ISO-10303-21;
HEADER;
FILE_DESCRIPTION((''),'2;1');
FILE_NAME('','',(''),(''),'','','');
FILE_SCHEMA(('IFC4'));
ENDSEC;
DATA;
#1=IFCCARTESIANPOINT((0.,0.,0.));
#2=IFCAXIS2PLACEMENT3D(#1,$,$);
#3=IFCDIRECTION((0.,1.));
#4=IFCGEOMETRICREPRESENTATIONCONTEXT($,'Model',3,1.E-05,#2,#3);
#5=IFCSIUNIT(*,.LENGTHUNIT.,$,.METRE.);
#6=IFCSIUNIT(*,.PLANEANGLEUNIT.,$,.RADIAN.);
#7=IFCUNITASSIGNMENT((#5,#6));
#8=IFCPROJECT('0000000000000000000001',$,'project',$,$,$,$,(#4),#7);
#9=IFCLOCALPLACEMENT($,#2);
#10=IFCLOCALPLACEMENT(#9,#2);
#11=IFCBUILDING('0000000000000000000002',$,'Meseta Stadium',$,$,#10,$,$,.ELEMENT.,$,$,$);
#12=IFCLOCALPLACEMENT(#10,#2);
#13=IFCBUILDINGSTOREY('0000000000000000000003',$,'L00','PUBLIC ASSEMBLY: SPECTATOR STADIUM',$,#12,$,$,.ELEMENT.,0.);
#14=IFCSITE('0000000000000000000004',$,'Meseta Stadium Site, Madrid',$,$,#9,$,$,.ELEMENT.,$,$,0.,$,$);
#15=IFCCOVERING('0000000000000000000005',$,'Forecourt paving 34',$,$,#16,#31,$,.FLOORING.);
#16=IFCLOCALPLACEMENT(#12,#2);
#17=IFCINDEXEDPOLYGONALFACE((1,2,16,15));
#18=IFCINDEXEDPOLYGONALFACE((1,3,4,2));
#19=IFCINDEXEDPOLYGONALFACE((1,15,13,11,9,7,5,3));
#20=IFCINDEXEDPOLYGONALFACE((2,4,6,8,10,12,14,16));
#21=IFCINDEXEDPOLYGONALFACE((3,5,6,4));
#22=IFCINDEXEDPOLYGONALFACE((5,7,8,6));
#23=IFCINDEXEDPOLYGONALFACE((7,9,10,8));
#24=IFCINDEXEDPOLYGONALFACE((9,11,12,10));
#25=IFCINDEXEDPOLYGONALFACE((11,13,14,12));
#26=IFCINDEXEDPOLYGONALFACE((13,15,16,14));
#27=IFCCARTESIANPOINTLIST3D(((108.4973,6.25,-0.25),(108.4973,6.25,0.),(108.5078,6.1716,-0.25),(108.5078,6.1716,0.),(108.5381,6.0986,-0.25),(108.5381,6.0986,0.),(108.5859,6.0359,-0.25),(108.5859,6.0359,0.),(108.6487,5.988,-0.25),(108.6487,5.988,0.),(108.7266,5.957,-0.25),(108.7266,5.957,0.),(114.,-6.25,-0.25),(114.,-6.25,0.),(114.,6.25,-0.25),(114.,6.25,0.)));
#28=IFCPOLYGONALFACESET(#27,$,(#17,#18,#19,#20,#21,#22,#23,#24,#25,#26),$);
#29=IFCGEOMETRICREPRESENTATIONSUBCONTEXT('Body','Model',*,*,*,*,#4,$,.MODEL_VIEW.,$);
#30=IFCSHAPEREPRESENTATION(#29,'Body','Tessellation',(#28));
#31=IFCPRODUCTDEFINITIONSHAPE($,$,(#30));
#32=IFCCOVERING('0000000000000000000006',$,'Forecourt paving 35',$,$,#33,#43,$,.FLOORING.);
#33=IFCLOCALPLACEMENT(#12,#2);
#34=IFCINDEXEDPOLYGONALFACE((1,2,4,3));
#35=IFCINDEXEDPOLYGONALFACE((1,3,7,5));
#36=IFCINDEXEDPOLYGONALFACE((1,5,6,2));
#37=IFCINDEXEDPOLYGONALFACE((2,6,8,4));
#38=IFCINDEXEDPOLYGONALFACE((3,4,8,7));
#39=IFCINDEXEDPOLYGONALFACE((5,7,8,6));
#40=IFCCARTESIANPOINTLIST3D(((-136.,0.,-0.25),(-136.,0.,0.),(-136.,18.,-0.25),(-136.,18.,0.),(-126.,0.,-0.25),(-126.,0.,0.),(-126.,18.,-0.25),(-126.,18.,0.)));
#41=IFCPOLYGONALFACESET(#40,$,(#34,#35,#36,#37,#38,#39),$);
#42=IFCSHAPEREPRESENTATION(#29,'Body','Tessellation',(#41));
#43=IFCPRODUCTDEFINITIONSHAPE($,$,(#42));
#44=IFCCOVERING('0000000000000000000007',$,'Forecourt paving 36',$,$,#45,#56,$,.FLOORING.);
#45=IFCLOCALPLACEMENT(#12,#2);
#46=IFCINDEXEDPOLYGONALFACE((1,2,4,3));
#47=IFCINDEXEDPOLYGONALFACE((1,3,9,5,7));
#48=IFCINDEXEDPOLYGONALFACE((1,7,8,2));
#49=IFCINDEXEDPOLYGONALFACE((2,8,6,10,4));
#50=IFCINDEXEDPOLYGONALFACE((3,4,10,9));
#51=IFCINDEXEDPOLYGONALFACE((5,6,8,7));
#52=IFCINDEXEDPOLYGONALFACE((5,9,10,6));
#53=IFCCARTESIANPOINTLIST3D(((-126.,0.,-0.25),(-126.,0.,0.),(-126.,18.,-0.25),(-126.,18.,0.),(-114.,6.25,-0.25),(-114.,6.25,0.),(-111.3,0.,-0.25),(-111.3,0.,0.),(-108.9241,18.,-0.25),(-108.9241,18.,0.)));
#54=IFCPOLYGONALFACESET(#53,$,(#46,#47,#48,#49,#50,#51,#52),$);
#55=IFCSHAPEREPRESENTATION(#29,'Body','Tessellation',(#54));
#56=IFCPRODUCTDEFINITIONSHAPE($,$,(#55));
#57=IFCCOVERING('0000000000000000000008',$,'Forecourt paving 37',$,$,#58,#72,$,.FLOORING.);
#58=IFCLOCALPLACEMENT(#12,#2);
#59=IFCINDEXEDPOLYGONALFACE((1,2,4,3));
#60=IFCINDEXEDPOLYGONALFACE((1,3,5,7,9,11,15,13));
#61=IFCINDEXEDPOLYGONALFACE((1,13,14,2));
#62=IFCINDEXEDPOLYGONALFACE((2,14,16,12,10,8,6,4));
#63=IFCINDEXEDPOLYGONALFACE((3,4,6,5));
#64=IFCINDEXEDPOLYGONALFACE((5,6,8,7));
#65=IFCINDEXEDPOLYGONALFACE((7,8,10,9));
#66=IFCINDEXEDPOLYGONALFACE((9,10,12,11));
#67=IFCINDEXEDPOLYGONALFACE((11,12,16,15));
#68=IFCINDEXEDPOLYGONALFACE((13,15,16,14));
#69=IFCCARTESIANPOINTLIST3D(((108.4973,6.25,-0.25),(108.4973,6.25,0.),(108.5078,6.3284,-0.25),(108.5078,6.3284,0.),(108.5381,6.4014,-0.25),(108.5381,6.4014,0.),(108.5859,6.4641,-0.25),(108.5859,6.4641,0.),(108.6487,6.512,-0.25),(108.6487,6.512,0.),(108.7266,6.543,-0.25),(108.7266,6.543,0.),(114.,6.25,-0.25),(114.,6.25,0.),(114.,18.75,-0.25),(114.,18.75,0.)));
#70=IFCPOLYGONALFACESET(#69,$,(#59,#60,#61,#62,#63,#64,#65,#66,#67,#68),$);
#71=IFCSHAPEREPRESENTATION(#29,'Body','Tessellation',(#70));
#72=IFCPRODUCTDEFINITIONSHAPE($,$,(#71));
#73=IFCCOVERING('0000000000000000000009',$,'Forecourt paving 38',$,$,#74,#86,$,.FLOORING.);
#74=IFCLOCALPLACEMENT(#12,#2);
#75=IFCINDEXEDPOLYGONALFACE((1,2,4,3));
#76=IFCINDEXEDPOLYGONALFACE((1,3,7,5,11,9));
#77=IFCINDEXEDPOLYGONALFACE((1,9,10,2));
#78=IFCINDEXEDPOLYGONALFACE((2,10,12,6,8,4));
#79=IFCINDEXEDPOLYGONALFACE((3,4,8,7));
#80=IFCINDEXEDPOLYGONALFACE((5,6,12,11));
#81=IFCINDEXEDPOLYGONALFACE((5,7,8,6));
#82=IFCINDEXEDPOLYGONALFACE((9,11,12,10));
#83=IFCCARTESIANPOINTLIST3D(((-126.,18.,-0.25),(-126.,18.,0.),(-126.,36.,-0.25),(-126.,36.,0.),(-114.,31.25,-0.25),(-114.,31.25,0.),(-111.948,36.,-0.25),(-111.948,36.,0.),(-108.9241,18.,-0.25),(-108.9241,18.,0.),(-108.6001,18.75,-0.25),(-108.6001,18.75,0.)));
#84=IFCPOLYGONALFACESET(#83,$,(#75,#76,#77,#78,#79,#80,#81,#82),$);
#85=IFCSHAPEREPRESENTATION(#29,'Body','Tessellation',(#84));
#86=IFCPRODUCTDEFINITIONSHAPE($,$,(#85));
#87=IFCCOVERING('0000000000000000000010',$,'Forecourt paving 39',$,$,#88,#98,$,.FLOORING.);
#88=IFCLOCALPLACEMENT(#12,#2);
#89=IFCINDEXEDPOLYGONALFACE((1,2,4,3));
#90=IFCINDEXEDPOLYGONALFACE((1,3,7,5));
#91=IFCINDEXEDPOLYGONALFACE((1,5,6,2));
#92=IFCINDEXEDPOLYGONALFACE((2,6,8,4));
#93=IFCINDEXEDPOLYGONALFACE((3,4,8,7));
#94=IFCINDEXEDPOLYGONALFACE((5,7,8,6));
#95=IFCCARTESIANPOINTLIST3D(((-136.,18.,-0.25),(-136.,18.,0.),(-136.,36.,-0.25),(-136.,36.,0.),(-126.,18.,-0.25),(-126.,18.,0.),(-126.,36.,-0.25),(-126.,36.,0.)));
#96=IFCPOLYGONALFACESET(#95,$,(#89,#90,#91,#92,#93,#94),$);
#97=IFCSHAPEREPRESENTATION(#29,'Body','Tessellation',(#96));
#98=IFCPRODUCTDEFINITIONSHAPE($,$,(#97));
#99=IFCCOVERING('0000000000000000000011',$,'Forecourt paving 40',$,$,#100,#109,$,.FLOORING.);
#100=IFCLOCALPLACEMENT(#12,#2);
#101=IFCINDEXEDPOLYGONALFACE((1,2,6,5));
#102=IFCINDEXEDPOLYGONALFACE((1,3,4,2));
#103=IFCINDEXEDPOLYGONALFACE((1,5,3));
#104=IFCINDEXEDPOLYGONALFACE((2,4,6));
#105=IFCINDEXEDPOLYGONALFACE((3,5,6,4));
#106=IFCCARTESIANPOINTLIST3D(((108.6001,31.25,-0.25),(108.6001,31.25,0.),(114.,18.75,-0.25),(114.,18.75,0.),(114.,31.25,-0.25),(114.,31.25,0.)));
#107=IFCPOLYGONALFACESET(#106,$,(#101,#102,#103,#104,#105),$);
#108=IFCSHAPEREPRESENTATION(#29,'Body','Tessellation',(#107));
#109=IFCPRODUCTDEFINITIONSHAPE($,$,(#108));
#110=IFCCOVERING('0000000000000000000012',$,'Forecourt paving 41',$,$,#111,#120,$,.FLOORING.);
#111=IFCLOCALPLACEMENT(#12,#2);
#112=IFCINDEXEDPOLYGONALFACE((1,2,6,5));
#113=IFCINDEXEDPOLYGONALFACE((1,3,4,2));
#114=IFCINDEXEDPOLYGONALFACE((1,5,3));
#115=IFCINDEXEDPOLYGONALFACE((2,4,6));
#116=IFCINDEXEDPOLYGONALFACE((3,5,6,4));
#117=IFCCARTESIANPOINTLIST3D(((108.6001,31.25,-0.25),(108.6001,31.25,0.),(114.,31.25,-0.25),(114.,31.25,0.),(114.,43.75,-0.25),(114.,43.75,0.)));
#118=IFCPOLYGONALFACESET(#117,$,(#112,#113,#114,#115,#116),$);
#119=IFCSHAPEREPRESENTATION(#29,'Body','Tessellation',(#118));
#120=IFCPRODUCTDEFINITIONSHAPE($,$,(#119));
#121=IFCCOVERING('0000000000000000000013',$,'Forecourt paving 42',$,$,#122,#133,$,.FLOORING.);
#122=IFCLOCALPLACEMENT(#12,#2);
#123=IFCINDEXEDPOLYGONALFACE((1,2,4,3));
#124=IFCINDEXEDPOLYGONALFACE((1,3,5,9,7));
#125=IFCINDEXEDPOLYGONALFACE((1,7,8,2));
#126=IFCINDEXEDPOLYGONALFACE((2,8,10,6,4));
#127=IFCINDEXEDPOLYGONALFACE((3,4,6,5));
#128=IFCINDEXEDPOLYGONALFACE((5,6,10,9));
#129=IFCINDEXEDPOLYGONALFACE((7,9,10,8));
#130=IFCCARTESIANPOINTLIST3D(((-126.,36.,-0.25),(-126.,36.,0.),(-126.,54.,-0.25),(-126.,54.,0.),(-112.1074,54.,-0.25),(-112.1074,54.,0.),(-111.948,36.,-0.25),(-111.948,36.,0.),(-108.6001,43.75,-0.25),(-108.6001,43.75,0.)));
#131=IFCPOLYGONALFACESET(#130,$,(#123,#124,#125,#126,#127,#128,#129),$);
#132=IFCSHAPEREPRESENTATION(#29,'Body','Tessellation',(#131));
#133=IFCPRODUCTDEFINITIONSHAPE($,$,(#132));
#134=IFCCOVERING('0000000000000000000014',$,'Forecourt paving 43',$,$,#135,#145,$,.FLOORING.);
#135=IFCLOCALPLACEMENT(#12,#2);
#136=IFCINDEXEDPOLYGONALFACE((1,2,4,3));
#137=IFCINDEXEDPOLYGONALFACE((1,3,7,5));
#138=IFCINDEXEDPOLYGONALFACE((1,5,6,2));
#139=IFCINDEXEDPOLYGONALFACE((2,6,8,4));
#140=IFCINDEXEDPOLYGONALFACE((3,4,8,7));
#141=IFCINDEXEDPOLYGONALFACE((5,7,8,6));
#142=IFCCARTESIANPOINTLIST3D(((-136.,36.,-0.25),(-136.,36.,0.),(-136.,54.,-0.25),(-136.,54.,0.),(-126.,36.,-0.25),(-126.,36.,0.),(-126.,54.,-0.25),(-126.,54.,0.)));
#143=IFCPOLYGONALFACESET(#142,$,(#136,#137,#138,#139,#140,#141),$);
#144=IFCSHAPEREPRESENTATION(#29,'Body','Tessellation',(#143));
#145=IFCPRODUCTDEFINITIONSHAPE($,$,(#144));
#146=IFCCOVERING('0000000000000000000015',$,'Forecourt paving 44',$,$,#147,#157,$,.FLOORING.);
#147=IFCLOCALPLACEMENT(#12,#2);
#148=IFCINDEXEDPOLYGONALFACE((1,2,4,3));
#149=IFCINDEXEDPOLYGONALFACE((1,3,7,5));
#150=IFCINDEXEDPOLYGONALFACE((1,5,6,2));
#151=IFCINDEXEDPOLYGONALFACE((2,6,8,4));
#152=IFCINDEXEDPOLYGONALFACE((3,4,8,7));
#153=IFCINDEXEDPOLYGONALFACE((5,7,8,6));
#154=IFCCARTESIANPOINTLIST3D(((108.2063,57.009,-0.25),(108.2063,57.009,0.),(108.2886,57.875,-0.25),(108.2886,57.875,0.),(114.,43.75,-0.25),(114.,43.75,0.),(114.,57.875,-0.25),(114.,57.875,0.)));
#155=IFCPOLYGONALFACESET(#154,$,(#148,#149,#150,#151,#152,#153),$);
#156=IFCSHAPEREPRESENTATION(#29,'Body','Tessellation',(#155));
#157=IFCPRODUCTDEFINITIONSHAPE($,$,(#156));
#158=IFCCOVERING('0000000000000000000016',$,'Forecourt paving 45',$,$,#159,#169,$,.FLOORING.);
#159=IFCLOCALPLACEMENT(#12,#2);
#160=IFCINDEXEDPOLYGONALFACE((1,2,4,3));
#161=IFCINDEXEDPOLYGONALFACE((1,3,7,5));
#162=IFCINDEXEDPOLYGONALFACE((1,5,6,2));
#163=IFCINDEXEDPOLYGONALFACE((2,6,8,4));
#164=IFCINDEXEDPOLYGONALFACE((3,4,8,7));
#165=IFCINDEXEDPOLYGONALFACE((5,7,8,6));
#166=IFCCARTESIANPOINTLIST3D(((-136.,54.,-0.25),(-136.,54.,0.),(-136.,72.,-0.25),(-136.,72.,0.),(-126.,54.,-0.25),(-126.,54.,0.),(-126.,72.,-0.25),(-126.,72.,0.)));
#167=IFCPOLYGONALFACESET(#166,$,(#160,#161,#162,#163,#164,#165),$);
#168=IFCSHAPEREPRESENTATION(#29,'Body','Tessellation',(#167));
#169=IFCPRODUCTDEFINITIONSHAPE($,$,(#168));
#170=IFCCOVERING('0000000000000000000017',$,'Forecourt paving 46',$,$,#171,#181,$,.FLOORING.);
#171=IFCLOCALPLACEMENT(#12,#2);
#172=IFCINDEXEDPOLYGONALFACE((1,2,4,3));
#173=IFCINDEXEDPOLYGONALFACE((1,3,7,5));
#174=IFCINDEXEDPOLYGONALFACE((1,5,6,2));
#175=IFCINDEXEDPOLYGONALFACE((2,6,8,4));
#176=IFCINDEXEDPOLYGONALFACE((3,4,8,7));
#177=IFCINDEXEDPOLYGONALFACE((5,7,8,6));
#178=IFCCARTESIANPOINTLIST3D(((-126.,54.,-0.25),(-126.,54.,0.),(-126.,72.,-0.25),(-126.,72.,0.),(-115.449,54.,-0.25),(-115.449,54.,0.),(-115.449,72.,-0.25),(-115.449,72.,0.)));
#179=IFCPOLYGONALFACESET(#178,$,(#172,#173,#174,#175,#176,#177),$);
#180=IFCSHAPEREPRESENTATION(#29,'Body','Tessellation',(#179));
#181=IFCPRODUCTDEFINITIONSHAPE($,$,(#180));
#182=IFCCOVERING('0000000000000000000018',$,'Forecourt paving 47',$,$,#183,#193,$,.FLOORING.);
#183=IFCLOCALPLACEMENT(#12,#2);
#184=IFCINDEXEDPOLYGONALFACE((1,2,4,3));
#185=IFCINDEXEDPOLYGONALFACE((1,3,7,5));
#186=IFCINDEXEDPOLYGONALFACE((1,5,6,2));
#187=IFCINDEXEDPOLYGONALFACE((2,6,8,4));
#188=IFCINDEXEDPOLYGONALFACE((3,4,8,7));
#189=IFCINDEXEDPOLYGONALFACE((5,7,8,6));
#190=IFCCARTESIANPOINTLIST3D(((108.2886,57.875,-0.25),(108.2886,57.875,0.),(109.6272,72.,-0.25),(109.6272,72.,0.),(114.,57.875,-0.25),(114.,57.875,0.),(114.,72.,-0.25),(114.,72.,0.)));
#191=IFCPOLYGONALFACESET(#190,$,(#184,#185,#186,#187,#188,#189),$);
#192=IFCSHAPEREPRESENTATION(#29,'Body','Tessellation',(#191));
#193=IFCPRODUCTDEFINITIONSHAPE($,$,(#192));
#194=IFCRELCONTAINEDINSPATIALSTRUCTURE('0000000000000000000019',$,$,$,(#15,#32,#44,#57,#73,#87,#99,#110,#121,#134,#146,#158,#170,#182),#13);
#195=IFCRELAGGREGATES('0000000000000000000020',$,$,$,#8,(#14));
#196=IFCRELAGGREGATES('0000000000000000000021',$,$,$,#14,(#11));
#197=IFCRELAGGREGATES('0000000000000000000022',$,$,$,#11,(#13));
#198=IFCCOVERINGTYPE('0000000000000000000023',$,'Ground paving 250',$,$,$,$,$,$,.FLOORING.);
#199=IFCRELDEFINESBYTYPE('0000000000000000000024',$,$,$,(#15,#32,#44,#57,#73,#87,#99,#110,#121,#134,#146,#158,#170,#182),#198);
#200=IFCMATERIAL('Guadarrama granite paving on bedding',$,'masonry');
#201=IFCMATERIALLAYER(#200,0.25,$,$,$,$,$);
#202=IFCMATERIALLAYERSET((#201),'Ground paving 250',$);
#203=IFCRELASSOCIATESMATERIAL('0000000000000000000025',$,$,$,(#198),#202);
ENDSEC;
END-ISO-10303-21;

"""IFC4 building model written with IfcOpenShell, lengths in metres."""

from ifc_helpers import new_model, si_unit, direction, frame, origin, place, context, subcontext, project, spatial, polyline, outline, extrude, material, layer, layer_set, type_object, element, save


model = new_model("IFC4")

# Units and contexts
model_context = context("Model", 3, precision=1e-05, world=origin(), true_north=direction((0.0, 1.0)))
body_context = subcontext(model_context, "Body", "Model", "MODEL_VIEW")
ifc_project = project(units=[si_unit("LENGTHUNIT", "METRE"), si_unit("PLANEANGLEUNIT", "RADIAN")], contexts=[model_context])

# Site, building, storey
site_placement = place(None, origin())
site = spatial("IfcSite", under=ifc_project, at=site_placement, Name="Meseta Stadium Site, Madrid", CompositionType="ELEMENT", RefElevation=0.0)
building_placement = place(site_placement, origin())
building = spatial("IfcBuilding", under=site, at=building_placement, Name="Meseta Stadium", CompositionType="ELEMENT")
storey_placement = place(building_placement, origin())
storey = spatial("IfcBuildingStorey", under=building, at=storey_placement, Name="L00", Description="PUBLIC ASSEMBLY: SPECTATOR STADIUM", CompositionType="ELEMENT", Elevation=0.0)

# Coverings
ifc_material = material(Name="Guadarrama granite paving on bedding", Category="masonry")
ifc_layer = layer(ifc_material, 0.25)
ifc_layer_set = layer_set([ifc_layer], Name="Ground paving 250")
covering_type = type_object("IfcCoveringType", Name="Ground paving 250", PredefinedType="FLOORING", material=ifc_layer_set)
covering_1_placement = place(storey_placement, frame((0.0, 0.0, -0.25)))
element("IfcCovering", 1, at=covering_1_placement, inside=storey, type_object=covering_type, Name="Forecourt paving 34", PredefinedType="FLOORING", context=body_context, shape_type="SweptSolid", body=[
    extrude(outline(polyline([(114.0, 6.25), (108.4973, 6.25), (108.5078, 6.1716), (108.5381, 6.0986), (108.5859, 6.0359), (108.6487, 5.988), (108.7266, 5.957), (114.0, -6.25), (114.0, 6.25)])), origin(), (0.0, 0.0, 1.0), 0.25),
])
covering_2_placement = place(storey_placement, frame((0.0, 0.0, -0.25)))
element("IfcCovering", 2, at=covering_2_placement, inside=storey, type_object=covering_type, Name="Forecourt paving 35", PredefinedType="FLOORING", context=body_context, shape_type="SweptSolid", body=[
    extrude(outline(polyline([(-136.0, 18.0), (-136.0, 0.0), (-126.0, 0.0), (-126.0, 18.0), (-136.0, 18.0)])), origin(), (0.0, 0.0, 1.0), 0.25),
])
covering_3_placement = place(storey_placement, frame((0.0, 0.0, -0.25)))
element("IfcCovering", 3, at=covering_3_placement, inside=storey, type_object=covering_type, Name="Forecourt paving 36", PredefinedType="FLOORING", context=body_context, shape_type="SweptSolid", body=[
    extrude(outline(polyline([(-111.3, 0.0), (-114.0, 6.25), (-108.9241, 18.0), (-126.0, 18.0), (-126.0, 0.0), (-111.3, 0.0)])), origin(), (0.0, 0.0, 1.0), 0.25),
])
covering_4_placement = place(storey_placement, frame((0.0, 0.0, -0.25)))
element("IfcCovering", 4, at=covering_4_placement, inside=storey, type_object=covering_type, Name="Forecourt paving 37", PredefinedType="FLOORING", context=body_context, shape_type="SweptSolid", body=[
    extrude(outline(polyline([(108.4973, 6.25), (114.0, 6.25), (114.0, 18.75), (108.7266, 6.543), (108.6487, 6.512), (108.5859, 6.4641), (108.5381, 6.4014), (108.5078, 6.3284), (108.4973, 6.25)])), origin(), (0.0, 0.0, 1.0), 0.25),
])
covering_5_placement = place(storey_placement, frame((0.0, 0.0, -0.25)))
element("IfcCovering", 5, at=covering_5_placement, inside=storey, type_object=covering_type, Name="Forecourt paving 38", PredefinedType="FLOORING", context=body_context, shape_type="SweptSolid", body=[
    extrude(outline(polyline([(-108.9241, 18.0), (-108.6001, 18.75), (-114.0, 31.25), (-111.948, 36.0), (-126.0, 36.0), (-126.0, 18.0), (-108.9241, 18.0)])), origin(), (0.0, 0.0, 1.0), 0.25),
])
covering_6_placement = place(storey_placement, frame((0.0, 0.0, -0.25)))
element("IfcCovering", 6, at=covering_6_placement, inside=storey, type_object=covering_type, Name="Forecourt paving 39", PredefinedType="FLOORING", context=body_context, shape_type="SweptSolid", body=[
    extrude(outline(polyline([(-136.0, 36.0), (-136.0, 18.0), (-126.0, 18.0), (-126.0, 36.0), (-136.0, 36.0)])), origin(), (0.0, 0.0, 1.0), 0.25),
])
covering_7_placement = place(storey_placement, frame((0.0, 0.0, -0.25)))
element("IfcCovering", 7, at=covering_7_placement, inside=storey, type_object=covering_type, Name="Forecourt paving 40", PredefinedType="FLOORING", context=body_context, shape_type="SweptSolid", body=[
    extrude(outline(polyline([(114.0, 18.75), (114.0, 31.25), (108.6001, 31.25), (114.0, 18.75)])), origin(), (0.0, 0.0, 1.0), 0.25),
])
covering_8_placement = place(storey_placement, frame((0.0, 0.0, -0.25)))
element("IfcCovering", 8, at=covering_8_placement, inside=storey, type_object=covering_type, Name="Forecourt paving 41", PredefinedType="FLOORING", context=body_context, shape_type="SweptSolid", body=[
    extrude(outline(polyline([(114.0, 31.25), (114.0, 43.75), (108.6001, 31.25), (114.0, 31.25)])), origin(), (0.0, 0.0, 1.0), 0.25),
])
covering_9_placement = place(storey_placement, frame((0.0, 0.0, -0.25)))
element("IfcCovering", 9, at=covering_9_placement, inside=storey, type_object=covering_type, Name="Forecourt paving 42", PredefinedType="FLOORING", context=body_context, shape_type="SweptSolid", body=[
    extrude(outline(polyline([(-111.948, 36.0), (-108.6001, 43.75), (-112.1074, 54.0), (-126.0, 54.0), (-126.0, 36.0), (-111.948, 36.0)])), origin(), (0.0, 0.0, 1.0), 0.25),
])
covering_10_placement = place(storey_placement, frame((0.0, 0.0, -0.25)))
element("IfcCovering", 10, at=covering_10_placement, inside=storey, type_object=covering_type, Name="Forecourt paving 43", PredefinedType="FLOORING", context=body_context, shape_type="SweptSolid", body=[
    extrude(outline(polyline([(-136.0, 54.0), (-136.0, 36.0), (-126.0, 36.0), (-126.0, 54.0), (-136.0, 54.0)])), origin(), (0.0, 0.0, 1.0), 0.25),
])
covering_11_placement = place(storey_placement, frame((0.0, 0.0, -0.25)))
element("IfcCovering", 11, at=covering_11_placement, inside=storey, type_object=covering_type, Name="Forecourt paving 44", PredefinedType="FLOORING", context=body_context, shape_type="SweptSolid", body=[
    extrude(outline(polyline([(114.0, 57.875), (108.2886, 57.875), (108.2063, 57.009), (114.0, 43.75), (114.0, 57.875)])), origin(), (0.0, 0.0, 1.0), 0.25),
])
covering_12_placement = place(storey_placement, frame((0.0, 0.0, -0.25)))
element("IfcCovering", 12, at=covering_12_placement, inside=storey, type_object=covering_type, Name="Forecourt paving 45", PredefinedType="FLOORING", context=body_context, shape_type="SweptSolid", body=[
    extrude(outline(polyline([(-136.0, 72.0), (-136.0, 54.0), (-126.0, 54.0), (-126.0, 72.0), (-136.0, 72.0)])), origin(), (0.0, 0.0, 1.0), 0.25),
])
covering_13_placement = place(storey_placement, frame((0.0, 0.0, -0.25)))
element("IfcCovering", 13, at=covering_13_placement, inside=storey, type_object=covering_type, Name="Forecourt paving 46", PredefinedType="FLOORING", context=body_context, shape_type="SweptSolid", body=[
    extrude(outline(polyline([(-126.0, 72.0), (-126.0, 54.0), (-115.449, 54.0), (-115.449, 72.0), (-126.0, 72.0)])), origin(), (0.0, 0.0, 1.0), 0.25),
])
covering_14_placement = place(storey_placement, frame((0.0, 0.0, -0.25)))
element("IfcCovering", 14, at=covering_14_placement, inside=storey, type_object=covering_type, Name="Forecourt paving 47", PredefinedType="FLOORING", context=body_context, shape_type="SweptSolid", body=[
    extrude(outline(polyline([(114.0, 57.875), (114.0, 72.0), (109.6272, 72.0), (108.2886, 57.875), (114.0, 57.875)])), origin(), (0.0, 0.0, 1.0), 0.25),
])

save(model, "model.ifc")
